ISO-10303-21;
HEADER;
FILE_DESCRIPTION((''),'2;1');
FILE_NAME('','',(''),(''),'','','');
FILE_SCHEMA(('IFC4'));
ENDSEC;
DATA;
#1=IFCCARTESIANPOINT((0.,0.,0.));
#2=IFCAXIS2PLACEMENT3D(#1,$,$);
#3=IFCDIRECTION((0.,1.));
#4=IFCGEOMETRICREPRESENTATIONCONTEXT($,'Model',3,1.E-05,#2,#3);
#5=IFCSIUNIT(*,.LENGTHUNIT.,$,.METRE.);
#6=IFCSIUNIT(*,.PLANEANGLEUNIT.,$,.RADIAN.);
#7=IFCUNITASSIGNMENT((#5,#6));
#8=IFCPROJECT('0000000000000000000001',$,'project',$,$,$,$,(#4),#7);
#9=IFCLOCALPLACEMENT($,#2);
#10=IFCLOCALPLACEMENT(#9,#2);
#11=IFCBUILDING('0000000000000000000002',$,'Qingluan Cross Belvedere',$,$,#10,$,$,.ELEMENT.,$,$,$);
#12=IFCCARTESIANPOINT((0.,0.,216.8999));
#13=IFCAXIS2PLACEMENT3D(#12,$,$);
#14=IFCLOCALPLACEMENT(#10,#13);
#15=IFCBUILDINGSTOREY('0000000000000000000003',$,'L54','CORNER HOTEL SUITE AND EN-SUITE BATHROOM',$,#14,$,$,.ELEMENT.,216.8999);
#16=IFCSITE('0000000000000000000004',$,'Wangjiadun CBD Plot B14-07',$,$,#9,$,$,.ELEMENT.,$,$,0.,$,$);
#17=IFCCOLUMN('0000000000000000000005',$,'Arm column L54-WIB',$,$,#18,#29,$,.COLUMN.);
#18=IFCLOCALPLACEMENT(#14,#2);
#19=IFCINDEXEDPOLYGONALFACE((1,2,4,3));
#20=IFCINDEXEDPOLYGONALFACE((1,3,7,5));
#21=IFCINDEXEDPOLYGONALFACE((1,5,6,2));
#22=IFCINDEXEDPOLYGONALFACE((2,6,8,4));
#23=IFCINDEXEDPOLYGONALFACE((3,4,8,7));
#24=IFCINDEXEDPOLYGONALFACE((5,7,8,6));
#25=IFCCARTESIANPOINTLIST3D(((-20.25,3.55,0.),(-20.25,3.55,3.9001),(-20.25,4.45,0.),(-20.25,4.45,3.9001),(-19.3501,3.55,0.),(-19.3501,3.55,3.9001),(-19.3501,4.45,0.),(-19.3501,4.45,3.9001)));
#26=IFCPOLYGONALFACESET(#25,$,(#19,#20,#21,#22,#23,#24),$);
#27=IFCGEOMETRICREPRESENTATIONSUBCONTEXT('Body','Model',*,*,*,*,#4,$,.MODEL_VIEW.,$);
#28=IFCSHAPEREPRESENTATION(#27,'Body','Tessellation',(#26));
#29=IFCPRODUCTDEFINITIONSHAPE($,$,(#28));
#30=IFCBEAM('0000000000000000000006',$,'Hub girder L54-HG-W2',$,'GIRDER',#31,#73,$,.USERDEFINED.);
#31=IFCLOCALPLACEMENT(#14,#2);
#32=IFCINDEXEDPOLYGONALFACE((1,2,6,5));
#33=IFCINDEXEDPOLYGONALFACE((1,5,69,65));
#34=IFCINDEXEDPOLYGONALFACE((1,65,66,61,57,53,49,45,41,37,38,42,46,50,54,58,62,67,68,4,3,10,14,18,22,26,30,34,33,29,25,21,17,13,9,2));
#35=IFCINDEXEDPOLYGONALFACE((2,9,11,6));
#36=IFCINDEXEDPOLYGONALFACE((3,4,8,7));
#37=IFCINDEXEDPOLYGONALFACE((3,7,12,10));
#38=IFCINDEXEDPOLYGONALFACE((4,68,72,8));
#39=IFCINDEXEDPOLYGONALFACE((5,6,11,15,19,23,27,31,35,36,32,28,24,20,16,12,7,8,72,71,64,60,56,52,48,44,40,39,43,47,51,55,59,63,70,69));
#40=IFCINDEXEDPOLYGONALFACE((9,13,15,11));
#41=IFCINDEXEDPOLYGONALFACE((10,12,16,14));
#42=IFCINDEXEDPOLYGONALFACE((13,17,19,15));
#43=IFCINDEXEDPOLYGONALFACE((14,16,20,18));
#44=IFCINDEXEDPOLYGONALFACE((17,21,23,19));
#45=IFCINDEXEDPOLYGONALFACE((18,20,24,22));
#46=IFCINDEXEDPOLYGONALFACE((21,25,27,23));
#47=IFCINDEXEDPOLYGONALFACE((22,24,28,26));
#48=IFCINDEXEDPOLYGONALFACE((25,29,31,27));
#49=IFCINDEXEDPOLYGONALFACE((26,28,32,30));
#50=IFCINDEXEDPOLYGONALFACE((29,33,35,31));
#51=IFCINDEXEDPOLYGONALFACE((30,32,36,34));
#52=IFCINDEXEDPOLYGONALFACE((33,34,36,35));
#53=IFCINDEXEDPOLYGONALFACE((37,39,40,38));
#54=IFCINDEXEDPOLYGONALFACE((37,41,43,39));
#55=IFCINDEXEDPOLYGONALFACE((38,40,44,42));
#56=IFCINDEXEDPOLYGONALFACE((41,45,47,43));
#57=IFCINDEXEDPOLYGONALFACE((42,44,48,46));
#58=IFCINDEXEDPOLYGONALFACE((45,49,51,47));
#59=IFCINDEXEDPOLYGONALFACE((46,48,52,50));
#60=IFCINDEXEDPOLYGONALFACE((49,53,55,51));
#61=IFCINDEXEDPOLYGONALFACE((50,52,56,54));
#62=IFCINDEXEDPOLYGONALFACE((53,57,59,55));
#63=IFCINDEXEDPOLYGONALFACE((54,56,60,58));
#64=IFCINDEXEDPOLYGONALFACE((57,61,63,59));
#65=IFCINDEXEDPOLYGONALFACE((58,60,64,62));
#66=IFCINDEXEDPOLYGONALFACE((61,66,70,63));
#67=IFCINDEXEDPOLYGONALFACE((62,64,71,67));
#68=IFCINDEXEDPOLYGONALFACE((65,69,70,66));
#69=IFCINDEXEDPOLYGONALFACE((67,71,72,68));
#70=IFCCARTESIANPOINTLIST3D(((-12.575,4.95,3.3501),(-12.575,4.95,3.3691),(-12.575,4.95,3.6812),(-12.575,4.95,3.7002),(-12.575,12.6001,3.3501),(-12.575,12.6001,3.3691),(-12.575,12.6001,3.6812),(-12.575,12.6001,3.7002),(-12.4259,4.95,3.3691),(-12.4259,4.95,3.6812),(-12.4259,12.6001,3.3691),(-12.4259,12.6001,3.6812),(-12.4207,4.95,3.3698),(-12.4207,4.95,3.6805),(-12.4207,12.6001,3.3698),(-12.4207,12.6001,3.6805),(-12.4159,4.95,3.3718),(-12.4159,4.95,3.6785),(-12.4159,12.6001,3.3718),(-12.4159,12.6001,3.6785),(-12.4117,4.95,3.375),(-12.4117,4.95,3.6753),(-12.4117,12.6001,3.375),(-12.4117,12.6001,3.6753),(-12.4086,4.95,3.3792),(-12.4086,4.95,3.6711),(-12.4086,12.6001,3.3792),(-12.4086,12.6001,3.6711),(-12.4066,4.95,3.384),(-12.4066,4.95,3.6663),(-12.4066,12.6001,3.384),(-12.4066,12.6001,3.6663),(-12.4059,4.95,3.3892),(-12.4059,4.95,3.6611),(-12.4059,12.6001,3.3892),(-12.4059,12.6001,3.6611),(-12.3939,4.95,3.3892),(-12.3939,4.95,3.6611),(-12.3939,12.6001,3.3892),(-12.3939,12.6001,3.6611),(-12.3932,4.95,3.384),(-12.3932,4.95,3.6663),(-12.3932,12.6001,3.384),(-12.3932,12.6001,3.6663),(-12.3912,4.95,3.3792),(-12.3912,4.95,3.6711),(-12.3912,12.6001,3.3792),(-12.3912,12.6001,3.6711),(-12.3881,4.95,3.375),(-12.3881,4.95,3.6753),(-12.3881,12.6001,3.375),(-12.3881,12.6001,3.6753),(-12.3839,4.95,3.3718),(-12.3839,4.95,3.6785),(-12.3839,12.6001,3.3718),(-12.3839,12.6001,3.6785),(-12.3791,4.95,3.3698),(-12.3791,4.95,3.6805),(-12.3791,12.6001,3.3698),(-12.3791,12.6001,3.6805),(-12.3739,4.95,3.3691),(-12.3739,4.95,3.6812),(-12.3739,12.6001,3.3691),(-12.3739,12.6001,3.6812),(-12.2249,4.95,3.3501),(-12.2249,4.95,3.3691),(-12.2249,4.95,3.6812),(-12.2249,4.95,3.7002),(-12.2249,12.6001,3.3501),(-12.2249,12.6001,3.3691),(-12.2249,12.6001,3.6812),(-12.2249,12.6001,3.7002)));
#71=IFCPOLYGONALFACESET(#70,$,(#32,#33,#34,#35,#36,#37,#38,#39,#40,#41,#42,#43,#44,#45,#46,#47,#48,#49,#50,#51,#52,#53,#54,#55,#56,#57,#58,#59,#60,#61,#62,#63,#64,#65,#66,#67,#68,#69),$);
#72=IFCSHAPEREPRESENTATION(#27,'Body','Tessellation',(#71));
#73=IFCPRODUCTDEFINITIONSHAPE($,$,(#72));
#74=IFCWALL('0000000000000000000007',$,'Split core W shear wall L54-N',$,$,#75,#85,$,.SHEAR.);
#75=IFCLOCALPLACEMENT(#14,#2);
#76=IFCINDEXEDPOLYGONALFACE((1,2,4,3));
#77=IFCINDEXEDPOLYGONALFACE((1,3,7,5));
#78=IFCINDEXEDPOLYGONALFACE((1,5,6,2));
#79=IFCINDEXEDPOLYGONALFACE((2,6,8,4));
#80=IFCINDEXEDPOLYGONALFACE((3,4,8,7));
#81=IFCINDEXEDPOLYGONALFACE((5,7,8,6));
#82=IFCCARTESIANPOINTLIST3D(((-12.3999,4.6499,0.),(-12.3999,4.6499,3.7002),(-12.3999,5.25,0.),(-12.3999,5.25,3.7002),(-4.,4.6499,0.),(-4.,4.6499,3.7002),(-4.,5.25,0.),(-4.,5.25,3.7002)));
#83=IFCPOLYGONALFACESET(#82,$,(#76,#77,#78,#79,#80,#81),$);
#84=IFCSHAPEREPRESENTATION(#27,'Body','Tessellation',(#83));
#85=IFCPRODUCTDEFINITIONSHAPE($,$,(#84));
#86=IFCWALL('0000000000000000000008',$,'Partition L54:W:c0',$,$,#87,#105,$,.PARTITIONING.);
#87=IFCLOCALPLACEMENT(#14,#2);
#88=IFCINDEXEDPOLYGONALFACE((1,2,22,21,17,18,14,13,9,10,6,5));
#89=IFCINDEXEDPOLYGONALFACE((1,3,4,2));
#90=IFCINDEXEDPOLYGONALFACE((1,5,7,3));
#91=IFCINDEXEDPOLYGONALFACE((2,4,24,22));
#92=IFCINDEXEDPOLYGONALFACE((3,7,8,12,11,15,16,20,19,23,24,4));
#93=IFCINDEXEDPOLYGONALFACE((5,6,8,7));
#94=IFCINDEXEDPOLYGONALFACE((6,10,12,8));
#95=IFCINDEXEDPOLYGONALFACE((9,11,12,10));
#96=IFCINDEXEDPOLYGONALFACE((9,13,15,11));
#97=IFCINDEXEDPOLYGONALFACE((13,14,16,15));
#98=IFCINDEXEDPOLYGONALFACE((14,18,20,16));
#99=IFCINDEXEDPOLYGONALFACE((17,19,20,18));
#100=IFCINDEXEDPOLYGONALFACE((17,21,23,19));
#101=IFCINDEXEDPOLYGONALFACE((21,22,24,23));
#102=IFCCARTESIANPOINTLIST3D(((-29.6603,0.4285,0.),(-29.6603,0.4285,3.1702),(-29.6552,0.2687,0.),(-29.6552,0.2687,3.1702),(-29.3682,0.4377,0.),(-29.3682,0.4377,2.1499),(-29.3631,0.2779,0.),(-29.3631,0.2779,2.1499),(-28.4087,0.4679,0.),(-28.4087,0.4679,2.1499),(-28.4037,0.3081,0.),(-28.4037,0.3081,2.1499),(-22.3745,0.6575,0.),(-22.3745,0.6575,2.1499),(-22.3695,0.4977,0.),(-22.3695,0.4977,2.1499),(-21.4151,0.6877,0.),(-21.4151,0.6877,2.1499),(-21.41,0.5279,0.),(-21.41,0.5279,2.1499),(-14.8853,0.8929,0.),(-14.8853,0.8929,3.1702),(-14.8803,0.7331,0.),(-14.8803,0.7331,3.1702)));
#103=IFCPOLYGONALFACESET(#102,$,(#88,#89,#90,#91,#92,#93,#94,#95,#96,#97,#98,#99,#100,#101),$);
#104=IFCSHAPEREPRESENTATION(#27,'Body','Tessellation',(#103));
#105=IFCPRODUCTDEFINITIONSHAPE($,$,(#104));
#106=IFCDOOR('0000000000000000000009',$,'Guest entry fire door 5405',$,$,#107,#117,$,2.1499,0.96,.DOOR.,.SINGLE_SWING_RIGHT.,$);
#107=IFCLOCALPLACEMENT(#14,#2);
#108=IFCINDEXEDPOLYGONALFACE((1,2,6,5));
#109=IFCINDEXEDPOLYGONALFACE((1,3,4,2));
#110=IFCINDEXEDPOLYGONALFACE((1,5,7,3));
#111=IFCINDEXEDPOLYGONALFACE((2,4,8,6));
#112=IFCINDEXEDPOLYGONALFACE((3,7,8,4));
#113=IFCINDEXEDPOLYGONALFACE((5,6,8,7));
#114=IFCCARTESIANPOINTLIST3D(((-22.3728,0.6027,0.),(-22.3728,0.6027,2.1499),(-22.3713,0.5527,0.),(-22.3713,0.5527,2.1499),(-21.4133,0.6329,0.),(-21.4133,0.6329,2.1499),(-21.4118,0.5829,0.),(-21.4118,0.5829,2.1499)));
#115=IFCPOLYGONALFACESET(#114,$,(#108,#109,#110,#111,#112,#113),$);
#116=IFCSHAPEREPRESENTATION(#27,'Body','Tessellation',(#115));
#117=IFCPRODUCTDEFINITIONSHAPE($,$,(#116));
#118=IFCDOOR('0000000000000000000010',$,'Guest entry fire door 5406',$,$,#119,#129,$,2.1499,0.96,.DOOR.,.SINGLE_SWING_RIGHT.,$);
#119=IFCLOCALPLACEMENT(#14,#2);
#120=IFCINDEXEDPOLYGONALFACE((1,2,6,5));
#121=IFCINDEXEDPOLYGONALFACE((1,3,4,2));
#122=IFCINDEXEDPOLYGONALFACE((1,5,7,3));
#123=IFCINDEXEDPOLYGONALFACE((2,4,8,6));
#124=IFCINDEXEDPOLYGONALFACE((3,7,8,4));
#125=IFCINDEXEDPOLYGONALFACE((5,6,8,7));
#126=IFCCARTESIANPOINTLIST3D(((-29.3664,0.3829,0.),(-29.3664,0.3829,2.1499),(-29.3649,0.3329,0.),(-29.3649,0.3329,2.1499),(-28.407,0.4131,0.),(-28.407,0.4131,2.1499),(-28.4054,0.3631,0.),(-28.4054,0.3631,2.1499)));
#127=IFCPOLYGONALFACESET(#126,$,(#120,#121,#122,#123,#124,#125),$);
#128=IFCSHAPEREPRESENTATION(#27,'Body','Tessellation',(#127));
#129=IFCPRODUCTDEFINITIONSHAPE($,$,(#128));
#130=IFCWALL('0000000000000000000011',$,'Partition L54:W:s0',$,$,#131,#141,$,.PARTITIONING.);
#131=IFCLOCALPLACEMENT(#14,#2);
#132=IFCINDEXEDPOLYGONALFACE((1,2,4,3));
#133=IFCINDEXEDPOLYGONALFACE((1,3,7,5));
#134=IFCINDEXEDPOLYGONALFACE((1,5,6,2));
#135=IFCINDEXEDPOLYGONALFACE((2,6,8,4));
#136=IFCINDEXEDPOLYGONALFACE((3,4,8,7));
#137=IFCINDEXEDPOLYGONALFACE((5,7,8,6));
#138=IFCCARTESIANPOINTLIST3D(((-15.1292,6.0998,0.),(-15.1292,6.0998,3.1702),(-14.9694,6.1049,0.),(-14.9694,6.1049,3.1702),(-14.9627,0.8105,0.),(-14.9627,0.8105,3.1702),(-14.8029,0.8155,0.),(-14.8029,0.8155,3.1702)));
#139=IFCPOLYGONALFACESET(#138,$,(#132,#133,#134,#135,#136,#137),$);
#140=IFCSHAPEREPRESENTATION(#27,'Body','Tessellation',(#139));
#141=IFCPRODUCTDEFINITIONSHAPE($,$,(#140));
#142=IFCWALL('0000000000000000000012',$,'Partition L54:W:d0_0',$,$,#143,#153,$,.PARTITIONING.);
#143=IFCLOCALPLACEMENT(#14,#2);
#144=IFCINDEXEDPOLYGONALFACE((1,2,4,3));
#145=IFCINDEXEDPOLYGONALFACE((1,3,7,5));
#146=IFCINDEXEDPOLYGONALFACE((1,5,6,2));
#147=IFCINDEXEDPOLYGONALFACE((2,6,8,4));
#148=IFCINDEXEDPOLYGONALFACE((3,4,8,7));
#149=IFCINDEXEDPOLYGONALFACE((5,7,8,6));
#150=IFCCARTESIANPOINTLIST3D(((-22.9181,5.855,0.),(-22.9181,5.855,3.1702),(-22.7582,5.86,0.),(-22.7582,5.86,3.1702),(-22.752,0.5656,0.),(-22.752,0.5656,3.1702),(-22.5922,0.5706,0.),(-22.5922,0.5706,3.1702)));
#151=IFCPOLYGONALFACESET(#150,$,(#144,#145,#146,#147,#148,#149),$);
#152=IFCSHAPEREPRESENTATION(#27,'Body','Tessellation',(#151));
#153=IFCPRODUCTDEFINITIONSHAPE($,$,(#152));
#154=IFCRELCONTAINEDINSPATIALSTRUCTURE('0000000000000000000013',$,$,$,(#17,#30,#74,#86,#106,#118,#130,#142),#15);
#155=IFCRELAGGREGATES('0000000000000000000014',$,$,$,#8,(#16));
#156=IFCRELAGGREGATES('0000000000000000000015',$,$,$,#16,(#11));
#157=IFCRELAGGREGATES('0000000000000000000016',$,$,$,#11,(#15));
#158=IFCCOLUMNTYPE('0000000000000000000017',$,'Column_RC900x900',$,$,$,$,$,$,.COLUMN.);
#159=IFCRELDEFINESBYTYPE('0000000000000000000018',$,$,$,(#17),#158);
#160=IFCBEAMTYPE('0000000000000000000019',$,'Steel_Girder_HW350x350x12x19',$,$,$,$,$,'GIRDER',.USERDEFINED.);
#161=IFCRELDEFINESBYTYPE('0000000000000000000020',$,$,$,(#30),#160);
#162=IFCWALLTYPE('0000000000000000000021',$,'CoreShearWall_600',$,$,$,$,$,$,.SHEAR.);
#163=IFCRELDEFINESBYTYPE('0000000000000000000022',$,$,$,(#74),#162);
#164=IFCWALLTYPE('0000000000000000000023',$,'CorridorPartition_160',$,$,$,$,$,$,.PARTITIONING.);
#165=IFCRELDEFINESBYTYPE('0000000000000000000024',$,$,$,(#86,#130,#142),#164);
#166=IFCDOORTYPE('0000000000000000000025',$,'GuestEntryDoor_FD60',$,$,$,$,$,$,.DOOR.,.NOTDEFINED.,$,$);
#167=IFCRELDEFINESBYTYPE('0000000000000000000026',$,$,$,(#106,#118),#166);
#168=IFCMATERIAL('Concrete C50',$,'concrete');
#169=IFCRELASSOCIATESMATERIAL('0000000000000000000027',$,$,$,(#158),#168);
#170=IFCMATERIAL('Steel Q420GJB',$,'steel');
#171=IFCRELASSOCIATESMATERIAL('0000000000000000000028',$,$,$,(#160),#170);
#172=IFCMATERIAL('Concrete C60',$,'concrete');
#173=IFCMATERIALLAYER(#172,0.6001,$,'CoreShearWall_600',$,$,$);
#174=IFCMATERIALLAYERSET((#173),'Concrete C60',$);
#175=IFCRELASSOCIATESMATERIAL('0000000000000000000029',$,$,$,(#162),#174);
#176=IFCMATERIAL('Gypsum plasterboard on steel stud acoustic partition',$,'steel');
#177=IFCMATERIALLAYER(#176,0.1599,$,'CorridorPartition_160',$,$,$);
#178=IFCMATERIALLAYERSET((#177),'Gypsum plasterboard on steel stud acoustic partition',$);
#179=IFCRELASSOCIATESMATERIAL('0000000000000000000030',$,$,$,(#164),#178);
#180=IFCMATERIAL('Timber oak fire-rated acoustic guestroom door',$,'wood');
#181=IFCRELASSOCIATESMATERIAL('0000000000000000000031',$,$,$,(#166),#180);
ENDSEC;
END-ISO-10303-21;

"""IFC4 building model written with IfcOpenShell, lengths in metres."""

from ifc_helpers import new_model, si_unit, direction, frame, frame_2d, origin, origin_2d, place, context, subcontext, project, spatial, rectangle, i_section, extrude, material, layer, layer_set, material_profile, profile_set, type_object, element, fill, save


model = new_model("IFC4")

# Units and contexts
model_context = context("Model", 3, precision=1e-05, world=origin(), true_north=direction((0.0, 1.0)))
body_context = subcontext(model_context, "Body", "Model", "MODEL_VIEW")
ifc_project = project(units=[si_unit("LENGTHUNIT", "METRE"), si_unit("PLANEANGLEUNIT", "RADIAN")], contexts=[model_context])

# Site, building, storey
site_placement = place(None, origin())
site = spatial("IfcSite", under=ifc_project, at=site_placement, Name="Wangjiadun CBD Plot B14-07", CompositionType="ELEMENT", RefElevation=0.0)
building_placement = place(site_placement, origin())
building = spatial("IfcBuilding", under=site, at=building_placement, Name="Qingluan Cross Belvedere", CompositionType="ELEMENT")
storey_placement = place(building_placement, frame((0.0, 0.0, 216.8999)))
storey = spatial("IfcBuildingStorey", under=building, at=storey_placement, Name="L54", Description="CORNER HOTEL SUITE AND EN-SUITE BATHROOM", CompositionType="ELEMENT", Elevation=216.8999)

# Column
ifc_material_1 = material(Name="Concrete C50", Category="concrete")
ifc_material_profile_1 = material_profile(ifc_material_1, rectangle(XDim=0.8999, YDim=0.8999, at=origin_2d()), Name="RC900x900")
ifc_profile_set_1 = profile_set([ifc_material_profile_1], Name="Concrete C50")
column_type = type_object("IfcColumnType", Name="Column_RC900x900", PredefinedType="COLUMN", material=ifc_profile_set_1)
column_placement = place(storey_placement, frame((-19.8, 4.0, 0.0), z_axis=(0.0, 0.0, 1.0), x_axis=(1.0, 0.0, 0.0)))
element("IfcColumn", 1, at=column_placement, inside=storey, type_object=column_type, Name="Arm column L54-WIB", PredefinedType="COLUMN", context=body_context, shape_type="SweptSolid", body=[
    extrude(rectangle(XDim=0.8999, YDim=0.8999, at=origin_2d()), origin(), (0.0, 0.0, 1.0), 3.9001),
])

# Beam
ifc_material_2 = material(Name="Steel Q420GJB", Category="steel")
ifc_material_profile_2 = material_profile(ifc_material_2, i_section(OverallWidth=0.3501, OverallDepth=0.3501, WebThickness=0.012, FlangeThickness=0.019, FilletRadius=0.02, at=origin_2d()), Name="HW350x350x12x19")
ifc_profile_set_2 = profile_set([ifc_material_profile_2], Name="Steel Q420GJB")
beam_type = type_object("IfcBeamType", Name="Steel_Girder_HW350x350x12x19", ElementType="GIRDER", PredefinedType="USERDEFINED", material=ifc_profile_set_2)
beam_placement = place(storey_placement, frame((-12.3999, 4.95, 3.5251), z_axis=(0.0, 1.0, 0.0), x_axis=(-1.0, 0.0, 0.0)))
element("IfcBeam", 2, at=beam_placement, inside=storey, type_object=beam_type, Name="Hub girder L54-HG-W2", ObjectType="GIRDER", PredefinedType="USERDEFINED", context=body_context, shape_type="SweptSolid", body=[
    extrude(i_section(OverallWidth=0.3501, OverallDepth=0.3501, WebThickness=0.012, FlangeThickness=0.019, FilletRadius=0.02, at=origin_2d()), origin(), (0.0, 0.0, 1.0), 7.6501),
])

# Wall
ifc_material_3 = material(Name="Concrete C60", Category="concrete")
ifc_layer_1 = layer(ifc_material_3, 0.6001, Name="CoreShearWall_600")
ifc_layer_set_1 = layer_set([ifc_layer_1], Name="Concrete C60")
wall_type_1 = type_object("IfcWallType", Name="CoreShearWall_600", PredefinedType="SHEAR", material=ifc_layer_set_1)
wall_1_placement = place(storey_placement, frame((-12.3999, 4.95, 0.0), z_axis=(0.0, 0.0, 1.0), x_axis=(1.0, 0.0, 0.0)))
element("IfcWall", 3, at=wall_1_placement, inside=storey, type_object=wall_type_1, Name="Split core W shear wall L54-N", PredefinedType="SHEAR", context=body_context, shape_type="SweptSolid", body=[
    extrude(rectangle(XDim=8.3999, YDim=0.6001, at=frame_2d((4.2, 0.0))), origin(), (0.0, 0.0, 1.0), 3.7002),
])

# Wall, openings, doors
ifc_material_4 = material(Name="Gypsum plasterboard on steel stud acoustic partition", Category="steel")
ifc_layer_2 = layer(ifc_material_4, 0.1599, Name="CorridorPartition_160")
ifc_layer_set_2 = layer_set([ifc_layer_2], Name="Gypsum plasterboard on steel stud acoustic partition")
wall_type_2 = type_object("IfcWallType", Name="CorridorPartition_160", PredefinedType="PARTITIONING", material=ifc_layer_set_2)
wall_2_placement = place(storey_placement, frame((-14.8828, 0.813, 0.0), z_axis=(0.0, 0.0, 1.0), x_axis=(-0.999506, -0.031413, 0.0)))
wall_2 = element("IfcWall", 4, at=wall_2_placement, inside=storey, type_object=wall_type_2, Name="Partition L54:W:c0", PredefinedType="PARTITIONING", context=body_context, shape_type="SweptSolid", body=[
    extrude(rectangle(XDim=14.7822, YDim=0.1599, at=frame_2d((7.3911, 0.0))), origin(), (0.0, 0.0, 1.0), 3.1702),
])
opening_1_placement = place(wall_2_placement, frame((6.533, 0.0, 0.0)))
opening_1 = element("IfcOpeningElement", 5, at=opening_1_placement, cuts=wall_2, PredefinedType="OPENING", context=body_context, shape_type="SweptSolid", body=[
    extrude(rectangle(XDim=0.96, YDim=2.1499, at=frame_2d((0.48, 1.075))), frame((0.0, 0.0898, 0.0), z_axis=(0.0, -1.0, 0.0), x_axis=(1.0, 0.0, 0.0)), (0.0, 0.0, 1.0), 0.1799),
])
opening_2_placement = place(wall_2_placement, frame((13.53, 0.0, 0.0)))
opening_2 = element("IfcOpeningElement", 6, at=opening_2_placement, cuts=wall_2, PredefinedType="OPENING", context=body_context, shape_type="SweptSolid", body=[
    extrude(rectangle(XDim=0.96, YDim=2.1499, at=frame_2d((0.48, 1.075))), frame((0.0, 0.0898, 0.0), z_axis=(0.0, -1.0, 0.0), x_axis=(1.0, 0.0, 0.0)), (0.0, 0.0, 1.0), 0.1799),
])
ifc_material_5 = material(Name="Timber oak fire-rated acoustic guestroom door", Category="wood")
door_type_1 = type_object("IfcDoorType", Name="GuestEntryDoor_FD60", OperationType="NOTDEFINED", PredefinedType="DOOR", material=ifc_material_5)
door_1_placement = place(opening_1_placement, origin())
door_1 = element("IfcDoor", 7, at=door_1_placement, inside=storey, type_object=door_type_1, Name="Guest entry fire door 5405", OperationType="SINGLE_SWING_RIGHT", OverallHeight=2.1499, OverallWidth=0.96, PredefinedType="DOOR", context=body_context, shape_type="SweptSolid", body=[
    extrude(rectangle(XDim=0.96, YDim=2.1499, at=frame_2d((0.48, 1.075))), frame((0.0, 0.0249, 0.0), z_axis=(0.0, -1.0, 0.0), x_axis=(1.0, 0.0, 0.0)), (0.0, 0.0, 1.0), 0.05),
])
fill(opening_1, door_1)
door_2_placement = place(opening_2_placement, origin())
door_2 = element("IfcDoor", 8, at=door_2_placement, inside=storey, type_object=door_type_1, Name="Guest entry fire door 5406", OperationType="SINGLE_SWING_RIGHT", OverallHeight=2.1499, OverallWidth=0.96, PredefinedType="DOOR", context=body_context, shape_type="SweptSolid", body=[
    extrude(rectangle(XDim=0.96, YDim=2.1499, at=frame_2d((0.48, 1.075))), frame((0.0, 0.0249, 0.0), z_axis=(0.0, -1.0, 0.0), x_axis=(1.0, 0.0, 0.0)), (0.0, 0.0, 1.0), 0.05),
])
fill(opening_2, door_2)

# Walls
for number, where, z_axis, x_axis, name in (
    (9, (-14.8828, 0.813, 0.0), (0.0, 0.0, 1.0), (-0.031464, 0.999505, 0.0), "Partition L54:W:s0"),
    (10, (-22.6721, 0.5681, 0.0), (0.0, 0.0, 1.0), (-0.031372, 0.999508, 0.0), "Partition L54:W:d0_0"),
):
    element("IfcWall", number, at=place(storey_placement, frame(where, z_axis=z_axis, x_axis=x_axis)), inside=storey, type_object=wall_type_2, Name=name, PredefinedType="PARTITIONING", context=body_context, shape_type="SweptSolid", body=[
        extrude(rectangle(XDim=5.292, YDim=0.1599, at=frame_2d((2.646, 0.0))), origin(), (0.0, 0.0, 1.0), 3.1702),
    ])

save(model, "model.ifc")
